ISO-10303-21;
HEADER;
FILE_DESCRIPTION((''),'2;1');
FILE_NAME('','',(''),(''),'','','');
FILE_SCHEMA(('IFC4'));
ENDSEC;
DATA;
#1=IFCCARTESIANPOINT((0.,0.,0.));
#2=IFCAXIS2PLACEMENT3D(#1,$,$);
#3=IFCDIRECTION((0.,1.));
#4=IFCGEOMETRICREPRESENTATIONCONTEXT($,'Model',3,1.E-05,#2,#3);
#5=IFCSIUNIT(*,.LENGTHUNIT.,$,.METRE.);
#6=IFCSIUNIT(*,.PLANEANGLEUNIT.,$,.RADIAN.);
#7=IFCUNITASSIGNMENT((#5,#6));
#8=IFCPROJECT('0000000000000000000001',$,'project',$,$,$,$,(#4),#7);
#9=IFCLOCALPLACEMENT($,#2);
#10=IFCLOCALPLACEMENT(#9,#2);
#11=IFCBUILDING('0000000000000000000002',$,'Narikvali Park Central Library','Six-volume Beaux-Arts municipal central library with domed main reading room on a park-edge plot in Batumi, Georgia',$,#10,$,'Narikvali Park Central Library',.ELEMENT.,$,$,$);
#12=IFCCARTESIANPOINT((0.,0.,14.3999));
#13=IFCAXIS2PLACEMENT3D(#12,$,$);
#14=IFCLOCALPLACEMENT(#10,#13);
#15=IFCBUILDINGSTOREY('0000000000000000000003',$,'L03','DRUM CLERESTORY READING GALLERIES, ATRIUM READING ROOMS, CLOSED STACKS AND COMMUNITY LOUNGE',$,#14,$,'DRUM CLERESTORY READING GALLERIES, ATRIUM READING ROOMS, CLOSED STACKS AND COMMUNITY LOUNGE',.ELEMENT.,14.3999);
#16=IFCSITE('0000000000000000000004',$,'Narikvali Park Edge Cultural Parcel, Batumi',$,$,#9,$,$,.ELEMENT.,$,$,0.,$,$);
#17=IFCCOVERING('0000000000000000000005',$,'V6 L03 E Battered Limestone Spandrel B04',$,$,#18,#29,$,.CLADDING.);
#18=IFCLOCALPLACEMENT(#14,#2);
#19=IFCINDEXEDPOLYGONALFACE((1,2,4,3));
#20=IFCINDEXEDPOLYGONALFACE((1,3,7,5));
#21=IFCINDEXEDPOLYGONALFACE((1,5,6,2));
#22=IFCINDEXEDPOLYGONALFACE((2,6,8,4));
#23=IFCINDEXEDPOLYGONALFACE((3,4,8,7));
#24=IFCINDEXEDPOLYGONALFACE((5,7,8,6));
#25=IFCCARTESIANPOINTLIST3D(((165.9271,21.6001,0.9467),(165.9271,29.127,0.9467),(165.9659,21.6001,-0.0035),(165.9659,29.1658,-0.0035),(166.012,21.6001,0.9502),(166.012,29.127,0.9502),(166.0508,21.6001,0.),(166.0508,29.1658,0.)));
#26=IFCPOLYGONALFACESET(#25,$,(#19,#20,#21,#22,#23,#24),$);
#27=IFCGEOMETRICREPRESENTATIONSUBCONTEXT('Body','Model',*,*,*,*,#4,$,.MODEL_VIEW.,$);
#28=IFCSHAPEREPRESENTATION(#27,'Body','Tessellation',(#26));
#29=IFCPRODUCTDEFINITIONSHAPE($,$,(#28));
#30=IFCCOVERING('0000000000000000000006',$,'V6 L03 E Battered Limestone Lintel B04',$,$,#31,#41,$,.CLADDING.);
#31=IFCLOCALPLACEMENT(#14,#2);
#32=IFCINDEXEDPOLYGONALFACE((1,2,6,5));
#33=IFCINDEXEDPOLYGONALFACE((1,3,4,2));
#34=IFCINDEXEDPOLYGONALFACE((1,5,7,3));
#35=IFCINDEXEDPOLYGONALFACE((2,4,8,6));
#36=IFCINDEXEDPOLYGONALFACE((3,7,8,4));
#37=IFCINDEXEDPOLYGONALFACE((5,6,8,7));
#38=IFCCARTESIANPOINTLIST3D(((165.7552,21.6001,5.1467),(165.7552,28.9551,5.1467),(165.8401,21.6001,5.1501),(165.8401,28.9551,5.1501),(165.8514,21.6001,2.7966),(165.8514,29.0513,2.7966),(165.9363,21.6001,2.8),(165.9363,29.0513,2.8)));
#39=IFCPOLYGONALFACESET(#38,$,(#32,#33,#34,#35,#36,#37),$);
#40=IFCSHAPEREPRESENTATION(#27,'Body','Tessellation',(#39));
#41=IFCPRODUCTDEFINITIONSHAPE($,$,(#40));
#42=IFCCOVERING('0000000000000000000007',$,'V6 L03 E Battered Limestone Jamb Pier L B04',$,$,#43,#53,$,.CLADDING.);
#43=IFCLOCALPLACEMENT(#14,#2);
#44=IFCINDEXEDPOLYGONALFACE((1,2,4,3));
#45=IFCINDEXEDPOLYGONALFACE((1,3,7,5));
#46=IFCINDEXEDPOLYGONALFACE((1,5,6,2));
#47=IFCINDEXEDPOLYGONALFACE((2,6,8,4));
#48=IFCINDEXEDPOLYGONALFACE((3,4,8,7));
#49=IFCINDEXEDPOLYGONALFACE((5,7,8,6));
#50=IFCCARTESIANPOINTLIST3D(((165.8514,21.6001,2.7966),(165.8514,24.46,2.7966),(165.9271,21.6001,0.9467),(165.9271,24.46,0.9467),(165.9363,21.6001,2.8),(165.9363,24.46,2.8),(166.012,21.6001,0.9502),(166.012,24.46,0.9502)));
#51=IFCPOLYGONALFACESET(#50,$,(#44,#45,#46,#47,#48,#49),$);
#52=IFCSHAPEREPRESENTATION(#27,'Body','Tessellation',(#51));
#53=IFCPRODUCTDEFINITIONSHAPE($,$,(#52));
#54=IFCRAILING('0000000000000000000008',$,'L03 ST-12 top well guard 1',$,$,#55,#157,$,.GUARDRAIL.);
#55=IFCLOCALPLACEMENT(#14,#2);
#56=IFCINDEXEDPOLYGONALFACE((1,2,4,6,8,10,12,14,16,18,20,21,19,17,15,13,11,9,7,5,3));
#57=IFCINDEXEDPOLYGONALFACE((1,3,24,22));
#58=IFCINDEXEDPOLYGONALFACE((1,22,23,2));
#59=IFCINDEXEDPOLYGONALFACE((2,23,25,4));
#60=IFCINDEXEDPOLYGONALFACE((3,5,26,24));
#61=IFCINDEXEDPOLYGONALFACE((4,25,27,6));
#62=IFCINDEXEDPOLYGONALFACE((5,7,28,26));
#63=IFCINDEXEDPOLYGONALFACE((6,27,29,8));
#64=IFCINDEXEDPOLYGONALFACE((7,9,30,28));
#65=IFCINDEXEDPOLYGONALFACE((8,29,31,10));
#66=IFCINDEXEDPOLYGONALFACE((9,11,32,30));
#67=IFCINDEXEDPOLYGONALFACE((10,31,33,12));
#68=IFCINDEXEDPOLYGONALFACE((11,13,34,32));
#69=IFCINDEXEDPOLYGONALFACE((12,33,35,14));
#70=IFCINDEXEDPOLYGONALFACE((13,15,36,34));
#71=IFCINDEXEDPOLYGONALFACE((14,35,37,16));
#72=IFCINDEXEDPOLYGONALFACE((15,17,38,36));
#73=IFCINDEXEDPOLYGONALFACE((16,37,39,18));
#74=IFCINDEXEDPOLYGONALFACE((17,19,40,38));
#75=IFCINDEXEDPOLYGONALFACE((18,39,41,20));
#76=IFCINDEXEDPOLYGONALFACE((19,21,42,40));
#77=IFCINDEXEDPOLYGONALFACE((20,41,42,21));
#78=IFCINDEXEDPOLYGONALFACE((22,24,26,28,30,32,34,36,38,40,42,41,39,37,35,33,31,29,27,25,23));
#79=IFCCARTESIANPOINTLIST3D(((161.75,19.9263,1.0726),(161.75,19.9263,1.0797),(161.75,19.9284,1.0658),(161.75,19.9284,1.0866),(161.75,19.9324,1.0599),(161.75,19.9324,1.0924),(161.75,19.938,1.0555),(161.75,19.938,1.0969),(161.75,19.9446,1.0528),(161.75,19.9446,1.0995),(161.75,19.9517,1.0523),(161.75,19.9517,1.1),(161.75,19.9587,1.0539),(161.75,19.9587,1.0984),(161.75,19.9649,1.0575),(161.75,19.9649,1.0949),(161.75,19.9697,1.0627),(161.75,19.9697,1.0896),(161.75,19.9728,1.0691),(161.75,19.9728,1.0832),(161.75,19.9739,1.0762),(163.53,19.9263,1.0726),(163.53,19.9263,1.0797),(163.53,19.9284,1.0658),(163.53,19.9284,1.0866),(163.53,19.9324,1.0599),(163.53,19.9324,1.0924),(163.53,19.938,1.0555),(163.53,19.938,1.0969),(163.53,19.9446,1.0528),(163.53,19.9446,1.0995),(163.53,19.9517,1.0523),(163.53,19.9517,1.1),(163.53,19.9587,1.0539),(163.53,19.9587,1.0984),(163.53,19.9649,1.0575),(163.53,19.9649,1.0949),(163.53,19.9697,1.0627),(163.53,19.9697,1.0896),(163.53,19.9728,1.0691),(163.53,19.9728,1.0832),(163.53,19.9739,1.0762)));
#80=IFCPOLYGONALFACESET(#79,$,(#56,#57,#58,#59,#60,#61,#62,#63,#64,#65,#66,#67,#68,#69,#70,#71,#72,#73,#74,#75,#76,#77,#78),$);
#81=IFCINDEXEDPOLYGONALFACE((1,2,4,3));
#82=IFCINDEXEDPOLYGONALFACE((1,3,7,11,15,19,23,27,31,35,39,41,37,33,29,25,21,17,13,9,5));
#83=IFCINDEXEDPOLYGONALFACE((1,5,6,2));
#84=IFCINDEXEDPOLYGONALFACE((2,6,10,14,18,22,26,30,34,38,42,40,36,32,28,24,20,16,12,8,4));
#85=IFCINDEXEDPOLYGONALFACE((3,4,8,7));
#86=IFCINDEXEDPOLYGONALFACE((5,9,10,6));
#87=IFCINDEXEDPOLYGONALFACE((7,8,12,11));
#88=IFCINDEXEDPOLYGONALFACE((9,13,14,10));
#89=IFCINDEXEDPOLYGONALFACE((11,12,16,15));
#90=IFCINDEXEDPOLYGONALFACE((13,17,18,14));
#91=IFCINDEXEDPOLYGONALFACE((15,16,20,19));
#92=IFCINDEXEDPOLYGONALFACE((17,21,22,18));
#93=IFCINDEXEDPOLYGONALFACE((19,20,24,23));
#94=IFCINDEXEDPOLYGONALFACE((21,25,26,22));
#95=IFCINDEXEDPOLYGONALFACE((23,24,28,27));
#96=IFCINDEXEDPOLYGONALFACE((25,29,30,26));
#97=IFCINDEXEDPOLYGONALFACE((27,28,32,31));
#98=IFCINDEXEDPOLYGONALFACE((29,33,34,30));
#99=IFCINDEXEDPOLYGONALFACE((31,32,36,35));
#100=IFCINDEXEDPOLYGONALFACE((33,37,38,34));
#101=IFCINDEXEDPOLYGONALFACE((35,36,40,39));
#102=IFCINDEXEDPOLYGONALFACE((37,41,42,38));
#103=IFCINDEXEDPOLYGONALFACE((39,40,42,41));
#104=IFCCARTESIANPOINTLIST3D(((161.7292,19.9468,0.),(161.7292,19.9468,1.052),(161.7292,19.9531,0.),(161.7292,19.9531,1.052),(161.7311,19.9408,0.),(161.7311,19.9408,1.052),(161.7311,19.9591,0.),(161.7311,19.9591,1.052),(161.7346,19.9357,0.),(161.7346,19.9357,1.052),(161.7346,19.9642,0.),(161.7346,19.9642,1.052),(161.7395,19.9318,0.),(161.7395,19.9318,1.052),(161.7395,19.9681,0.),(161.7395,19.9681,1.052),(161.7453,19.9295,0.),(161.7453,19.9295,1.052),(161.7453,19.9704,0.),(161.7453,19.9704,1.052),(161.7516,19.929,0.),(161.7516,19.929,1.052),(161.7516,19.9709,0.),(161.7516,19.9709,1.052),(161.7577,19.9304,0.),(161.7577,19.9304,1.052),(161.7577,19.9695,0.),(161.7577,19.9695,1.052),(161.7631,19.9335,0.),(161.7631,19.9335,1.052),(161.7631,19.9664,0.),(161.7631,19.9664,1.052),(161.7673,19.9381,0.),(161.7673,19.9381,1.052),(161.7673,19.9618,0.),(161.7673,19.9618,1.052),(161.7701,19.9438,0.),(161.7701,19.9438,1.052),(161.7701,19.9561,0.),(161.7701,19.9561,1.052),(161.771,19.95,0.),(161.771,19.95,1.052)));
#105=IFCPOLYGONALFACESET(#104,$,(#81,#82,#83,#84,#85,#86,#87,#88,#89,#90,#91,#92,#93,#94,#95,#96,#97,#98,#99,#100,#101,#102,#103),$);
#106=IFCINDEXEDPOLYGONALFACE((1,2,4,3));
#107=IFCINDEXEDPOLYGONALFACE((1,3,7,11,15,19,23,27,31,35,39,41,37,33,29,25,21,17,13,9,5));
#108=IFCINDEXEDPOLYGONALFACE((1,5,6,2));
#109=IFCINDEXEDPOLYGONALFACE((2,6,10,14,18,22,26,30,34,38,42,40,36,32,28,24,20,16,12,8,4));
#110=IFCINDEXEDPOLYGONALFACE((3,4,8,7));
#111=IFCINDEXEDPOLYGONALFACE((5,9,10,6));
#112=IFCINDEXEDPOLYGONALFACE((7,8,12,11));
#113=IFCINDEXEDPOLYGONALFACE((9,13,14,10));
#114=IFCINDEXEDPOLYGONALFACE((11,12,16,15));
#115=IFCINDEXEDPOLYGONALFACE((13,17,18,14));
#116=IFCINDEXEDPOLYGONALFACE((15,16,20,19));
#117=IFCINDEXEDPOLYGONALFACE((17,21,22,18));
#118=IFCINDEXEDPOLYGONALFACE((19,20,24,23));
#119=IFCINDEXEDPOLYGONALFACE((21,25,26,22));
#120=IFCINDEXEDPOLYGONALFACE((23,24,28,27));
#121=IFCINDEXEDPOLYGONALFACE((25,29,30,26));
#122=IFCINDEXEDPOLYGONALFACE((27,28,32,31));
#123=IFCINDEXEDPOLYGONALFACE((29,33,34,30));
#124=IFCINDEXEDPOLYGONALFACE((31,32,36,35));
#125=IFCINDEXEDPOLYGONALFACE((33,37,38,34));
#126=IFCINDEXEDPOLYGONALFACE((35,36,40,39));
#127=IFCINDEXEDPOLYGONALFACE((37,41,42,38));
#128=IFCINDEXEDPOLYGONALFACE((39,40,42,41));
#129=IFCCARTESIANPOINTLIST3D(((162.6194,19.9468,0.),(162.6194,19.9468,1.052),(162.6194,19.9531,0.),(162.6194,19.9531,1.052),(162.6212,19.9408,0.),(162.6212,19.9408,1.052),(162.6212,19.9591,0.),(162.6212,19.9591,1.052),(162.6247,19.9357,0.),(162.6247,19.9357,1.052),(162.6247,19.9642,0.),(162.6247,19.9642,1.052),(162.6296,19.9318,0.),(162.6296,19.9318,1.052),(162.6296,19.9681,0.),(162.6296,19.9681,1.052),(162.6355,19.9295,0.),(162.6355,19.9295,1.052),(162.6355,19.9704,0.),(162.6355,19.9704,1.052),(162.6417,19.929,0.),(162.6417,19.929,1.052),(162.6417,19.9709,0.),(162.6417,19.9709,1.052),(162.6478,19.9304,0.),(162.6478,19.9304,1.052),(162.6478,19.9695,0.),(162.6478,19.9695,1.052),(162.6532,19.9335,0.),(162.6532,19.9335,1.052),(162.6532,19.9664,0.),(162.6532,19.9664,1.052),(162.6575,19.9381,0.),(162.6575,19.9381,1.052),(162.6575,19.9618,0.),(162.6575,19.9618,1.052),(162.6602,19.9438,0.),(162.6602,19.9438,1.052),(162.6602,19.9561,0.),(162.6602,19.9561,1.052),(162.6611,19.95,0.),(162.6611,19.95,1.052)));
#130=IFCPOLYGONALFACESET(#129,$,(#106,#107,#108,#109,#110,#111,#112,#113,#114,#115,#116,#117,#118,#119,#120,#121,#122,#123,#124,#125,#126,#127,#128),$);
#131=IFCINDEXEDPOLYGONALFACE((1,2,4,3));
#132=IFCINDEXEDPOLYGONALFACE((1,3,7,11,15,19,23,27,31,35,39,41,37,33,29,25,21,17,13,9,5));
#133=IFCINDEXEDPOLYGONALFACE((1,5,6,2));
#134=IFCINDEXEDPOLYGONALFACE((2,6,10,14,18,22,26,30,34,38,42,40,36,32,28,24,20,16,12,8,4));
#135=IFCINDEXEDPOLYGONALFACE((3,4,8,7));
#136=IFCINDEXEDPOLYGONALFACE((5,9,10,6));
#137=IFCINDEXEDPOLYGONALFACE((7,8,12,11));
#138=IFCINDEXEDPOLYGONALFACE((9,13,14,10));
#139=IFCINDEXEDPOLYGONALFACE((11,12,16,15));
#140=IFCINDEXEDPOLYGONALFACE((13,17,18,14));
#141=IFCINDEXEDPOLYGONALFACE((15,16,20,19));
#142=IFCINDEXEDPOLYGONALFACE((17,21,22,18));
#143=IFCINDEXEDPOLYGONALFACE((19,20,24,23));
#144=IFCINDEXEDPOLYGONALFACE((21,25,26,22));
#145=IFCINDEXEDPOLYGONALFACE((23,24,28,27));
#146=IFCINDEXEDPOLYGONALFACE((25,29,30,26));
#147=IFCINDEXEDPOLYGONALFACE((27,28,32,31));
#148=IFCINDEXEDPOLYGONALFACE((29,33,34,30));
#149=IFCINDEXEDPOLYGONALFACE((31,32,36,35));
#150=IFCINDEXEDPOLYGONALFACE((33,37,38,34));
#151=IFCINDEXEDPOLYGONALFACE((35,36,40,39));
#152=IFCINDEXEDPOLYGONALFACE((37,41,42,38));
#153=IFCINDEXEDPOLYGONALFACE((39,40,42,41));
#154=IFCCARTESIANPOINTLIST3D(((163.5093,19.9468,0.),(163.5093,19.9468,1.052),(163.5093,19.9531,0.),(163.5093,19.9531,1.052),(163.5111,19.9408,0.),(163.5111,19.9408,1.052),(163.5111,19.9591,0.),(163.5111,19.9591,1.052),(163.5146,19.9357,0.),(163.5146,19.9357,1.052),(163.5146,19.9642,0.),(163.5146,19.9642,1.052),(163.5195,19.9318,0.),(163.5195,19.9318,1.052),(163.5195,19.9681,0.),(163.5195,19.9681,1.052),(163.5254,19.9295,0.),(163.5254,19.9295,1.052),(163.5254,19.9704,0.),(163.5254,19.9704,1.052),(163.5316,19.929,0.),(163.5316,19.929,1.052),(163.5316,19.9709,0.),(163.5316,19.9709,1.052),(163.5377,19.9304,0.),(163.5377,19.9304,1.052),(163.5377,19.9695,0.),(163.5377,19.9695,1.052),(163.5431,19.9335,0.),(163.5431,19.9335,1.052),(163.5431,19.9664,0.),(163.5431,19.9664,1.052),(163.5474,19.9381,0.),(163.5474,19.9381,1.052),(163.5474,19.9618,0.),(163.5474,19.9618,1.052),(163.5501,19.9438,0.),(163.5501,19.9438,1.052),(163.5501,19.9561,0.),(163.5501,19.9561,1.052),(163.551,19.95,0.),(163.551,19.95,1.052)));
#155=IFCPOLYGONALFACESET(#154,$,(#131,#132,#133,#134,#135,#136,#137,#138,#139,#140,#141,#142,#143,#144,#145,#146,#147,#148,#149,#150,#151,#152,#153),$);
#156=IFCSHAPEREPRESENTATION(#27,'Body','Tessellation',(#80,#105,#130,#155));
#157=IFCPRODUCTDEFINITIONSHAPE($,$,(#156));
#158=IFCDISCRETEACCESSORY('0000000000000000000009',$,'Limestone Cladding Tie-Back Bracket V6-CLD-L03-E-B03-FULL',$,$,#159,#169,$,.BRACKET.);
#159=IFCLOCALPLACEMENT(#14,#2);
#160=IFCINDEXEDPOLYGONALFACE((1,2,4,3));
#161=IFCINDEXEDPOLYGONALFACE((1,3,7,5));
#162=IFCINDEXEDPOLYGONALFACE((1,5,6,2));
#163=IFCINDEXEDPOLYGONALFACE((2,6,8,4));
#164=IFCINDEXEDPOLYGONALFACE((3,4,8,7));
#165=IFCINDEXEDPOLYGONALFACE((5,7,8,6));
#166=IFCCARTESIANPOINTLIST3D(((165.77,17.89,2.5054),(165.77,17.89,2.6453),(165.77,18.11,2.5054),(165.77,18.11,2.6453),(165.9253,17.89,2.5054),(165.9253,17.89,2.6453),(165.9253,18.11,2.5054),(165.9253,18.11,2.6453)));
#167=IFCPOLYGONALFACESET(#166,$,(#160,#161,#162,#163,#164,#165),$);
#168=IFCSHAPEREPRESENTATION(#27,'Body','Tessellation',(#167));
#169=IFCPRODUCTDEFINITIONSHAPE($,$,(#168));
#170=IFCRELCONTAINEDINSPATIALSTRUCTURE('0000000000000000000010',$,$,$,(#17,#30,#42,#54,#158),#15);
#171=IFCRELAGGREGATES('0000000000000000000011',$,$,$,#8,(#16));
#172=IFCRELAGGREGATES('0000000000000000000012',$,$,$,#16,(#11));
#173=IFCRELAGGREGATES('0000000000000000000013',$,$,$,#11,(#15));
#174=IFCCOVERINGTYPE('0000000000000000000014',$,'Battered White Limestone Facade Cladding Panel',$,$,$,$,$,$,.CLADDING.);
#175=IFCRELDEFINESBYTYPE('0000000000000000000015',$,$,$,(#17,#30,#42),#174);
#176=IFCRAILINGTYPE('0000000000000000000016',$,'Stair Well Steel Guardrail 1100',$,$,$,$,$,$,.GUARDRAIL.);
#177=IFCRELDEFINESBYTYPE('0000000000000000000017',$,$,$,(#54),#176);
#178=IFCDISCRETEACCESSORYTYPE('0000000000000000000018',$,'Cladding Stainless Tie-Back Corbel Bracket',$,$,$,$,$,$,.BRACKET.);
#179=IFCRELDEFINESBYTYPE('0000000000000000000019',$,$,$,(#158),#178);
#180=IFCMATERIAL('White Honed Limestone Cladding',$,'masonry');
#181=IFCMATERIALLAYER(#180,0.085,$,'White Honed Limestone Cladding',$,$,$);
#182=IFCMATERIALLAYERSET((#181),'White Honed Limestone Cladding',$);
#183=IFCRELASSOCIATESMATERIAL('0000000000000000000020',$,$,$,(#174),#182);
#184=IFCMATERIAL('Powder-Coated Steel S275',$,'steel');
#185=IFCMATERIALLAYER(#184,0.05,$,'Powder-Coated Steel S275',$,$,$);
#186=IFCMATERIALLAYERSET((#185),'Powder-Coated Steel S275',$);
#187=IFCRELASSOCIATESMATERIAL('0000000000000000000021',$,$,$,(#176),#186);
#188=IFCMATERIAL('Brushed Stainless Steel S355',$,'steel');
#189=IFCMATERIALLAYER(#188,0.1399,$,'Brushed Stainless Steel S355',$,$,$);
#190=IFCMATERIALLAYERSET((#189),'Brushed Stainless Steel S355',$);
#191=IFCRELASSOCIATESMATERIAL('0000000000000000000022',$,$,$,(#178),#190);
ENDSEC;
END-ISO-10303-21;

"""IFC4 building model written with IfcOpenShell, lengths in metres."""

from ifc_helpers import new_model, si_unit, direction, frame, origin, origin_2d, place, context, subcontext, project, spatial, polyline, rectangle, circle, outline, extrude, material, layer, layer_set, type_object, element, save


model = new_model("IFC4")

# Units and contexts
model_context = context("Model", 3, precision=1e-05, world=origin(), true_north=direction((0.0, 1.0)))
body_context = subcontext(model_context, "Body", "Model", "MODEL_VIEW")
ifc_project = project(units=[si_unit("LENGTHUNIT", "METRE"), si_unit("PLANEANGLEUNIT", "RADIAN")], contexts=[model_context])

# Site, building, storey
site_placement = place(None, origin())
site = spatial("IfcSite", under=ifc_project, at=site_placement, Name="Narikvali Park Edge Cultural Parcel, Batumi", CompositionType="ELEMENT", RefElevation=0.0)
building_placement = place(site_placement, origin())
building = spatial("IfcBuilding", under=site, at=building_placement, Name="Narikvali Park Central Library", Description="Six-volume Beaux-Arts municipal central library with domed main reading room on a park-edge plot in Batumi, Georgia", LongName="Narikvali Park Central Library", CompositionType="ELEMENT")
storey_placement = place(building_placement, frame((0.0, 0.0, 14.3999)))
storey = spatial("IfcBuildingStorey", under=building, at=storey_placement, Name="L03", Description="DRUM CLERESTORY READING GALLERIES, ATRIUM READING ROOMS, CLOSED STACKS AND COMMUNITY LOUNGE", LongName="DRUM CLERESTORY READING GALLERIES, ATRIUM READING ROOMS, CLOSED STACKS AND COMMUNITY LOUNGE", CompositionType="ELEMENT", Elevation=14.3999)

# Coverings
ifc_material_1 = material(Name="White Honed Limestone Cladding", Category="masonry")
ifc_layer_1 = layer(ifc_material_1, 0.085, Name="White Honed Limestone Cladding")
ifc_layer_set_1 = layer_set([ifc_layer_1], Name="White Honed Limestone Cladding")
covering_type = type_object("IfcCoveringType", Name="Battered White Limestone Facade Cladding Panel", PredefinedType="CLADDING", material=ifc_layer_set_1)
covering_1_placement = place(storey_placement, frame((166.0508, 21.6001, 0.0), z_axis=(0.999167, 0.0, 0.040819), x_axis=(0.0, 1.0, 0.0)))
element("IfcCovering", 1, at=covering_1_placement, inside=storey, type_object=covering_type, Name="V6 L03 E Battered Limestone Spandrel B04", PredefinedType="CLADDING", context=body_context, shape_type="SweptSolid", body=[
    extrude(outline(polyline([(0.0, 0.0), (7.5657, 0.0), (7.5269, 0.951), (0.0, 0.951), (0.0, 0.0)])), origin(), (0.0, 0.0, -1.0), 0.085),
])
covering_2_placement = place(storey_placement, frame((165.9363, 21.6001, 2.8), z_axis=(0.999163, 0.0, 0.040897), x_axis=(0.0, 1.0, 0.0)))
element("IfcCovering", 2, at=covering_2_placement, inside=storey, type_object=covering_type, Name="V6 L03 E Battered Limestone Lintel B04", PredefinedType="CLADDING", context=body_context, shape_type="SweptSolid", body=[
    extrude(outline(polyline([(0.0, 0.0), (7.4512, 0.0), (7.355, 2.3521), (0.0, 2.3521), (0.0, 0.0)])), origin(), (0.0, 0.0, -1.0), 0.085),
])
covering_3_placement = place(storey_placement, frame((166.012, 21.6001, 0.9502), z_axis=(0.999164, 0.0, 0.040879), x_axis=(0.0, 1.0, 0.0)))
element("IfcCovering", 3, at=covering_3_placement, inside=storey, type_object=covering_type, Name="V6 L03 E Battered Limestone Jamb Pier L B04", PredefinedType="CLADDING", context=body_context, shape_type="SweptSolid", body=[
    extrude(outline(polyline([(0.0, 0.0), (2.8599, 0.0), (2.8599, 1.8514), (0.0, 1.8514), (0.0, 0.0)])), origin(), (0.0, 0.0, -1.0), 0.085),
])

# Railing
ifc_material_2 = material(Name="Powder-Coated Steel S275", Category="steel")
ifc_layer_2 = layer(ifc_material_2, 0.05, Name="Powder-Coated Steel S275")
ifc_layer_set_2 = layer_set([ifc_layer_2], Name="Powder-Coated Steel S275")
railing_type = type_object("IfcRailingType", Name="Stair Well Steel Guardrail 1100", PredefinedType="GUARDRAIL", material=ifc_layer_set_2)
railing_placement = place(storey_placement, frame((161.75, 19.95, 0.0)))
element("IfcRailing", 4, at=railing_placement, inside=storey, type_object=railing_type, Name="L03 ST-12 top well guard 1", PredefinedType="GUARDRAIL", context=body_context, shape_type="SweptSolid", body=[
    extrude(circle(Radius=0.0239, at=origin_2d()), frame((0.0, 0.0, 1.0762), z_axis=(1.0, 0.0, 0.0), x_axis=(0.0, 1.0, 0.0)), (0.0, 0.0, 1.0), 1.78),
    extrude(circle(Radius=0.021, at=origin_2d()), origin(), (0.0, 0.0, 1.0), 1.052),
    extrude(circle(Radius=0.021, at=origin_2d()), frame((0.8901, 0.0, 0.0)), (0.0, 0.0, 1.0), 1.052),
    extrude(circle(Radius=0.021, at=origin_2d()), frame((1.78, 0.0, 0.0)), (0.0, 0.0, 1.0), 1.052),
])

# Discrete accessory
ifc_material_3 = material(Name="Brushed Stainless Steel S355", Category="steel")
ifc_layer_3 = layer(ifc_material_3, 0.1399, Name="Brushed Stainless Steel S355")
ifc_layer_set_3 = layer_set([ifc_layer_3], Name="Brushed Stainless Steel S355")
discrete_accessory_type = type_object("IfcDiscreteAccessoryType", Name="Cladding Stainless Tie-Back Corbel Bracket", PredefinedType="BRACKET", material=ifc_layer_set_3)
discrete_accessory_placement = place(storey_placement, frame((165.8477, 18.0, 2.5054), z_axis=(0.0, 0.0, 1.0), x_axis=(1.0, 0.0, 0.0)))
element("IfcDiscreteAccessory", 5, at=discrete_accessory_placement, inside=storey, type_object=discrete_accessory_type, Name="Limestone Cladding Tie-Back Bracket V6-CLD-L03-E-B03-FULL", PredefinedType="BRACKET", context=body_context, shape_type="SweptSolid", body=[
    extrude(rectangle(XDim=0.1553, YDim=0.22, at=origin_2d()), origin(), (0.0, 0.0, 1.0), 0.1399),
])

save(model, "model.ifc")
